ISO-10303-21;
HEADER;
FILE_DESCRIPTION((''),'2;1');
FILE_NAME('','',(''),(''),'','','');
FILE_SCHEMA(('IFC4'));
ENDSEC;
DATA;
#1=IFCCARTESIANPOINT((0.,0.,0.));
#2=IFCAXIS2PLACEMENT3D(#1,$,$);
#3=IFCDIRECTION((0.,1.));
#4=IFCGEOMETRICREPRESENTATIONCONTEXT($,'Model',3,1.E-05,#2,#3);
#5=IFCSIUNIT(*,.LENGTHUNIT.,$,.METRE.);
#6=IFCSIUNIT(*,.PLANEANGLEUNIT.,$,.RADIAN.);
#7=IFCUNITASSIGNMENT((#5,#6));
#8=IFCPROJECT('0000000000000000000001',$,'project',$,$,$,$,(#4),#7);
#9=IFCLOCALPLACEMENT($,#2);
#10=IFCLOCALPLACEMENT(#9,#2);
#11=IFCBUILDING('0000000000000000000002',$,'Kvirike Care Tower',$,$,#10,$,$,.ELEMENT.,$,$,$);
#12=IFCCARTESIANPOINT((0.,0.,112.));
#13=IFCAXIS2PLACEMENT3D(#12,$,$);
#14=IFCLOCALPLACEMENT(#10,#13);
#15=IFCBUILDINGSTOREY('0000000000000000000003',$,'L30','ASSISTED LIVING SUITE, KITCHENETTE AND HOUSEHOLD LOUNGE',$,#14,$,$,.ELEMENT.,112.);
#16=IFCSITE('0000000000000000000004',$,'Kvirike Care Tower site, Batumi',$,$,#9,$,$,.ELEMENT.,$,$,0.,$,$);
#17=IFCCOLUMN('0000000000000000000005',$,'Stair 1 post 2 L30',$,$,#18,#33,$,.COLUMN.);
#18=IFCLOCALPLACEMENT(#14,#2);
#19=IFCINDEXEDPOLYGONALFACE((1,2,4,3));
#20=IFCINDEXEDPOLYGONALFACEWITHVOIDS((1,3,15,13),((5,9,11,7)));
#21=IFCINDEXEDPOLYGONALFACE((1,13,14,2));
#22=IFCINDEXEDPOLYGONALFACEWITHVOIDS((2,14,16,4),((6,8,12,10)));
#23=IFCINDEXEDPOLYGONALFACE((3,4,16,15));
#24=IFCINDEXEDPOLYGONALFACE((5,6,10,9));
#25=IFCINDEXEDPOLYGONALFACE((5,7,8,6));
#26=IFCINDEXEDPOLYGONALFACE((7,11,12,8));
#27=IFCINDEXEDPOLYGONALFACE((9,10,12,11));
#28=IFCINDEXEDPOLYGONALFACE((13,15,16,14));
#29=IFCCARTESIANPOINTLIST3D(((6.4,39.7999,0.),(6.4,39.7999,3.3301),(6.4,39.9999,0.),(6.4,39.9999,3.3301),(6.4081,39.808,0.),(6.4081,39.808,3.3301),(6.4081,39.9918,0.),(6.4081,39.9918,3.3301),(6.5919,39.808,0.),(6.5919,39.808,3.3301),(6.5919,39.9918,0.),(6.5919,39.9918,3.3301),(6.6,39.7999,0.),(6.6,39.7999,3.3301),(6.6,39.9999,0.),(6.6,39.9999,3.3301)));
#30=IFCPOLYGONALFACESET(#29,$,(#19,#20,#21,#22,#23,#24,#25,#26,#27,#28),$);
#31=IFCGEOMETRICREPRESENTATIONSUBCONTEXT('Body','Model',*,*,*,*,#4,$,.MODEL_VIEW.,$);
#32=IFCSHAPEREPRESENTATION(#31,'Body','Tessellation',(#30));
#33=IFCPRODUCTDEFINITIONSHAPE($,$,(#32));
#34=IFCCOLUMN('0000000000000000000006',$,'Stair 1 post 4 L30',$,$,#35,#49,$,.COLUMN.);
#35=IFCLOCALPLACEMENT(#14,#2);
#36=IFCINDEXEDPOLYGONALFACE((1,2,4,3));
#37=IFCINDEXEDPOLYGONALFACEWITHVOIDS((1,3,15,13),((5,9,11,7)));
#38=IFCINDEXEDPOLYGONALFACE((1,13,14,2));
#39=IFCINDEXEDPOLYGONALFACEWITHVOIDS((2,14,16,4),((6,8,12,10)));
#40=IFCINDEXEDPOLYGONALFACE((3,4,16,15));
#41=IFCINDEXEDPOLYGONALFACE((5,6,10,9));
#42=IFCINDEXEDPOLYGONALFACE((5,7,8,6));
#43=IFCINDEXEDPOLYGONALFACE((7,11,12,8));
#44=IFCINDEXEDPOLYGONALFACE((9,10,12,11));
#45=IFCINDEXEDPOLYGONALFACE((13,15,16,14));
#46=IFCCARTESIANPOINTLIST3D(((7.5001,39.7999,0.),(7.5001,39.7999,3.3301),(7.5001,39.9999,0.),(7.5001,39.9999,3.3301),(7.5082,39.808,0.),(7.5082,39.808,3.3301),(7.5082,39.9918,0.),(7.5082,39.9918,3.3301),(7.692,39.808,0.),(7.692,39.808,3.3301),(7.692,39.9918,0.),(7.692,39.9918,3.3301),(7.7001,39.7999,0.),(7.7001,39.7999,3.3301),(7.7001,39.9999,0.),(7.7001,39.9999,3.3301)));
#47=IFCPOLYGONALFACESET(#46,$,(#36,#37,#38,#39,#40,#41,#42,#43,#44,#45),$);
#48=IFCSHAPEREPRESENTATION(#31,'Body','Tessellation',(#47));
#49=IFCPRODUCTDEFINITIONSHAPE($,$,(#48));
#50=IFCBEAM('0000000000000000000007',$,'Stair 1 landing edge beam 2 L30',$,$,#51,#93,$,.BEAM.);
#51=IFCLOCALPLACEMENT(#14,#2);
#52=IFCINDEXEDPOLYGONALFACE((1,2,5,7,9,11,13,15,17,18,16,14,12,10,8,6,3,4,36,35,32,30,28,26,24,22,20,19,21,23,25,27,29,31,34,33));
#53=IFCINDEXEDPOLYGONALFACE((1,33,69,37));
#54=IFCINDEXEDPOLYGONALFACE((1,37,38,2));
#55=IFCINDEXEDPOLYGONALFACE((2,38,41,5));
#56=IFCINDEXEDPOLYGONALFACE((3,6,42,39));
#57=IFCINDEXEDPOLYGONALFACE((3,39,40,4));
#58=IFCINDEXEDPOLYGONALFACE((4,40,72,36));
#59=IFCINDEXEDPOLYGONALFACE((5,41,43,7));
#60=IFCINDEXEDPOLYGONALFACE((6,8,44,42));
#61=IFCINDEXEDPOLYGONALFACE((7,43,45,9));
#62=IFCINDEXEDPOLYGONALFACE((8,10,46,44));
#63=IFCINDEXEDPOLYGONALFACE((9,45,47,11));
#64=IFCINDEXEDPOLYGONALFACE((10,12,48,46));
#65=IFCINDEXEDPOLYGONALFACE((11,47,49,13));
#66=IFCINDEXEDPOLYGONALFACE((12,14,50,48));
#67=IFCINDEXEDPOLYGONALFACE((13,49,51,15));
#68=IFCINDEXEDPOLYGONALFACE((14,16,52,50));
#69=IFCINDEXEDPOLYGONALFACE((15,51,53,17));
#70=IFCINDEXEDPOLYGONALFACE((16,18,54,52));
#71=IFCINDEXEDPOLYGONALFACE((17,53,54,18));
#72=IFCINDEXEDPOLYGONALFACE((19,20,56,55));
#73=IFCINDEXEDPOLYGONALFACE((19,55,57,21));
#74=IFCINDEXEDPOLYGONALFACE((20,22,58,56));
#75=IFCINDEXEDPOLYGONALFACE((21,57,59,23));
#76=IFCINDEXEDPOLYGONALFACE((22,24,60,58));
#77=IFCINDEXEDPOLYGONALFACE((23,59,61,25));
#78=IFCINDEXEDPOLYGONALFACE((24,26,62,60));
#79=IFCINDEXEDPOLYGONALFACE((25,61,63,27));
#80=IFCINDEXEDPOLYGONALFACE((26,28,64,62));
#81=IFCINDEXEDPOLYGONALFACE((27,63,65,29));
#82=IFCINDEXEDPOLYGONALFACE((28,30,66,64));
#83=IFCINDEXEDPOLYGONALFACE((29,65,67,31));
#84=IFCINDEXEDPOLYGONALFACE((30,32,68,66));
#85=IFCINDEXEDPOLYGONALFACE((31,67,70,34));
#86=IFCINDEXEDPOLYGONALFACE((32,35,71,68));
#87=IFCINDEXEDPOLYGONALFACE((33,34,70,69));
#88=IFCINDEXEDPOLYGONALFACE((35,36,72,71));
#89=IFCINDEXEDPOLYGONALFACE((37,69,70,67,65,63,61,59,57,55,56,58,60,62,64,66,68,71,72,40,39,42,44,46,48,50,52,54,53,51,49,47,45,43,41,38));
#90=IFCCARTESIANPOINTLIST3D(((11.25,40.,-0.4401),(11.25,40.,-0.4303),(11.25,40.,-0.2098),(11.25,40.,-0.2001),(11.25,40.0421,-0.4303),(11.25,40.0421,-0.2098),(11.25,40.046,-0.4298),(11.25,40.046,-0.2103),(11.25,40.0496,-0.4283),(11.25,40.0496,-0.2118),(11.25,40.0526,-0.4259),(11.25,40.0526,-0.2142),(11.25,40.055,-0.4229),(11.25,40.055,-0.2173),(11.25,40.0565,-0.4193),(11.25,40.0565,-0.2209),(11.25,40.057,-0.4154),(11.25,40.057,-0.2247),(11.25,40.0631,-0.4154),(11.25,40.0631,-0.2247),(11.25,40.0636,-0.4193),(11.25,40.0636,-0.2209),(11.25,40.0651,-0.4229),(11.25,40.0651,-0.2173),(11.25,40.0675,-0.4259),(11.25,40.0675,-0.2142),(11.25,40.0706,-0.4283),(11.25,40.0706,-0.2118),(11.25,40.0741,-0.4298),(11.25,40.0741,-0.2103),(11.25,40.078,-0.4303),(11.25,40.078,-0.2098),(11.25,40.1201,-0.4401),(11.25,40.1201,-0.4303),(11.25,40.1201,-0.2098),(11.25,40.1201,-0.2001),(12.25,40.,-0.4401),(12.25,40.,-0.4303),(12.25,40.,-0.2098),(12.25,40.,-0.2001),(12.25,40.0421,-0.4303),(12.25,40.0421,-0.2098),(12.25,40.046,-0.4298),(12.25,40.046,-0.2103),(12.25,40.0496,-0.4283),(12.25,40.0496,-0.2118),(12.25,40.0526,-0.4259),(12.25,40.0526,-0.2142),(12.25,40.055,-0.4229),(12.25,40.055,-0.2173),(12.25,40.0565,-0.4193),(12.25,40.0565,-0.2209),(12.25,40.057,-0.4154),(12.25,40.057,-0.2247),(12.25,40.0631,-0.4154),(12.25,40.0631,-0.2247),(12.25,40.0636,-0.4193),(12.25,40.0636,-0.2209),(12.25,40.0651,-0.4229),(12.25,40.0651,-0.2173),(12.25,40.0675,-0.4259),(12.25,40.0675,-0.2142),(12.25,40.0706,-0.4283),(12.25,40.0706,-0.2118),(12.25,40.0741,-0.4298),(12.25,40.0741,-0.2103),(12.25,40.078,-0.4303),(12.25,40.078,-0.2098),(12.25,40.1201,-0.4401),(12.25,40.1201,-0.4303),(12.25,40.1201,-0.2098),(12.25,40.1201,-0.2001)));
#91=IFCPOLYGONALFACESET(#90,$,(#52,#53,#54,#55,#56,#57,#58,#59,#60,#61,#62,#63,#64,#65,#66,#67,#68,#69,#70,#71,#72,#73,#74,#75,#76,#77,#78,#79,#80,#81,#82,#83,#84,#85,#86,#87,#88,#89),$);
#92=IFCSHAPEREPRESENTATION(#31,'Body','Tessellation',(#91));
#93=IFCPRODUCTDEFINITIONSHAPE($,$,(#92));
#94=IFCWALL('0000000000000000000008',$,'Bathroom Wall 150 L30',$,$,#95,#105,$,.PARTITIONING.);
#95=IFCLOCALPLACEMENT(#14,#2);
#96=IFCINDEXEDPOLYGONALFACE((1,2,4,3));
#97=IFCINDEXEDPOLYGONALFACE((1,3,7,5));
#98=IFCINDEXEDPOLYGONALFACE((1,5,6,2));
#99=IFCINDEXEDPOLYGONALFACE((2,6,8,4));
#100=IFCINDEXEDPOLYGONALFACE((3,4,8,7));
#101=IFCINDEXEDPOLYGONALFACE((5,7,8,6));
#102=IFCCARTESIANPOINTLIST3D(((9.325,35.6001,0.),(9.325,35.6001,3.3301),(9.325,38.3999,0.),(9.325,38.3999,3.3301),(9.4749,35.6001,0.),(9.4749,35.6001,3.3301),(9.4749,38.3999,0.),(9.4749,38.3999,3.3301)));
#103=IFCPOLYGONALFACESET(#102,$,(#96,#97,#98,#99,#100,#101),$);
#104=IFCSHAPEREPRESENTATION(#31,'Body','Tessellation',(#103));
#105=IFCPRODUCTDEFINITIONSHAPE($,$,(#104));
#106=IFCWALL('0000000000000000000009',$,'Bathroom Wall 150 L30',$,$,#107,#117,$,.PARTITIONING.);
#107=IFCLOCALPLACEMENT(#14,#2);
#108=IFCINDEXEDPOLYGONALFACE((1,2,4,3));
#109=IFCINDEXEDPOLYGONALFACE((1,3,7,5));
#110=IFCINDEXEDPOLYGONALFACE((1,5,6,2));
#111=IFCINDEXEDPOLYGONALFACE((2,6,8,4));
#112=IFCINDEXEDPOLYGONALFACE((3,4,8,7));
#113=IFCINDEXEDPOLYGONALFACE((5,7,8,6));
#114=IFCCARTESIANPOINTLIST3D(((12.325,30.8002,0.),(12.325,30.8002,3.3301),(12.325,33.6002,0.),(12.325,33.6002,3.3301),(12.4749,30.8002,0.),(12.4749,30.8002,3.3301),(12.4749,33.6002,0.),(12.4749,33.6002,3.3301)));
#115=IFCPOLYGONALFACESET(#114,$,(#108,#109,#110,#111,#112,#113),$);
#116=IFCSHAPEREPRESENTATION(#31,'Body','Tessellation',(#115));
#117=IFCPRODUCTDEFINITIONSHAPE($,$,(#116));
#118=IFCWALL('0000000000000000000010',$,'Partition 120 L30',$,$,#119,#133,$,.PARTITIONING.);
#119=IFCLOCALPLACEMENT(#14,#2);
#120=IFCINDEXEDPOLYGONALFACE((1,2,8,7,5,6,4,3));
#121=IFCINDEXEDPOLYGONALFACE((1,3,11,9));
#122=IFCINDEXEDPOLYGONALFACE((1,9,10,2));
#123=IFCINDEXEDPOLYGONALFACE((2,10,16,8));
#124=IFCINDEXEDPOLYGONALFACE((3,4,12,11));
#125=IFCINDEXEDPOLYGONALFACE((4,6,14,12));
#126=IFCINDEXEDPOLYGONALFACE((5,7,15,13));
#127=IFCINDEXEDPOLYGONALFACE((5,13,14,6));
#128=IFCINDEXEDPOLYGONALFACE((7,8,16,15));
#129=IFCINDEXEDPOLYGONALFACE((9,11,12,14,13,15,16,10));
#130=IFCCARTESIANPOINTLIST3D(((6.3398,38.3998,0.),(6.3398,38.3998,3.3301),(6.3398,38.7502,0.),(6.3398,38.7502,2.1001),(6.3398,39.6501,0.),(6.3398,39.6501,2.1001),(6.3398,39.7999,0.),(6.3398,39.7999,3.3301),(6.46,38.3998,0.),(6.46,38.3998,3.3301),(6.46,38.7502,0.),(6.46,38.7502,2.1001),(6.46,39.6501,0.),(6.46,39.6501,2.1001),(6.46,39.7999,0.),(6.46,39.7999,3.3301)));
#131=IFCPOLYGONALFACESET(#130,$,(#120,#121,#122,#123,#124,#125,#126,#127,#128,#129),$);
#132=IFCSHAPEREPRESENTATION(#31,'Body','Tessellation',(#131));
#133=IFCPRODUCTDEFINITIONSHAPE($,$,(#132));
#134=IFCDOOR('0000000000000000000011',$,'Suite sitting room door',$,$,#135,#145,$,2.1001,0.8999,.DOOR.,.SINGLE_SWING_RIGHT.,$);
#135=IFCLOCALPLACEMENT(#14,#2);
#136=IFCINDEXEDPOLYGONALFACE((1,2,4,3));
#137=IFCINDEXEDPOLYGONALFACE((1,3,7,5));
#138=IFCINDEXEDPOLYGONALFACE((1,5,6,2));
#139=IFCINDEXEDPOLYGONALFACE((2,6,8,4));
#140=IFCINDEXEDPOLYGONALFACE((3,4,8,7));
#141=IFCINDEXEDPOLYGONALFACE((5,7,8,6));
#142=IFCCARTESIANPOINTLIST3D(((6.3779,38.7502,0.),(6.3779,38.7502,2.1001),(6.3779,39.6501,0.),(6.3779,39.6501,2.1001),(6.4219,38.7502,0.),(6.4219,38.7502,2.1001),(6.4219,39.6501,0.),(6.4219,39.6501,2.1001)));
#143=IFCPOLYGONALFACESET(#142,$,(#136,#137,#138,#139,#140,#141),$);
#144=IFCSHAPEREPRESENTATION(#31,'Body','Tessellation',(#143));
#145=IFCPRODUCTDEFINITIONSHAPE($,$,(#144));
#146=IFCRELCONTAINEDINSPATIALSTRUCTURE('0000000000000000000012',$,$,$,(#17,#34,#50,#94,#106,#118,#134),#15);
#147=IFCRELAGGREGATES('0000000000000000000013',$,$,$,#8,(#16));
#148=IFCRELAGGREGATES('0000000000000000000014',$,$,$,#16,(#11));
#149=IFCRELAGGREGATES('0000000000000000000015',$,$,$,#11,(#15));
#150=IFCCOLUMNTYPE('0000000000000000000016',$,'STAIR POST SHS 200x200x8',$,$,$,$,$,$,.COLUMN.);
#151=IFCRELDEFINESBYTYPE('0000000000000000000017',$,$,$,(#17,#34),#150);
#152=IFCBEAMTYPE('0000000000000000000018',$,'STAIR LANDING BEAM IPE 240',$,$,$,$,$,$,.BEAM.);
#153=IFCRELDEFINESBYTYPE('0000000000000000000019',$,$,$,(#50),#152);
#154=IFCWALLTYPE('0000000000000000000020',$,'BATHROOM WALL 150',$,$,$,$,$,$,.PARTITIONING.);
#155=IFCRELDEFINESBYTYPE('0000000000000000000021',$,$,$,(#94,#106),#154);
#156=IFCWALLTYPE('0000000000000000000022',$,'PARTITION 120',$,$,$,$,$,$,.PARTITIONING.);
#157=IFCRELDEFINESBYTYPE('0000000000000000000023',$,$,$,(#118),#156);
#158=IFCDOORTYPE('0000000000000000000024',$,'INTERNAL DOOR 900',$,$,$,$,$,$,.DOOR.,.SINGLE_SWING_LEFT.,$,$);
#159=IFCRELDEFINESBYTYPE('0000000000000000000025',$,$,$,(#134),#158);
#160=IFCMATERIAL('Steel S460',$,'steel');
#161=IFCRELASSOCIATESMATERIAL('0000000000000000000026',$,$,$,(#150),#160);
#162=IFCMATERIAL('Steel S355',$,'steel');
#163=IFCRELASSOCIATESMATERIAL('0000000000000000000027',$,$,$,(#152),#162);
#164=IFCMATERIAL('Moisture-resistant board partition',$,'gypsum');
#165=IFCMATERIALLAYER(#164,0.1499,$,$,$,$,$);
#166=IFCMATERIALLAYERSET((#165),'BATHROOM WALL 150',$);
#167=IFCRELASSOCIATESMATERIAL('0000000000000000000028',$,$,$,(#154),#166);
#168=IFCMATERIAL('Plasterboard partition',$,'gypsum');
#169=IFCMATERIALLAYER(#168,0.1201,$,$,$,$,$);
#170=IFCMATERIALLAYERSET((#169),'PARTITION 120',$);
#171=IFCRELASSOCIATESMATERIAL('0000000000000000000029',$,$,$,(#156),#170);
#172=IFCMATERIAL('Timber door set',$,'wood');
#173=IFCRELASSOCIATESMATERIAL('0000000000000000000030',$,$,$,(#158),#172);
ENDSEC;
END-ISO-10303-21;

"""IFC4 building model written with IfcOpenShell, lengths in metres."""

from ifc_helpers import new_model, si_unit, direction, frame, frame_2d, origin, origin_2d, place, context, subcontext, project, spatial, rectangle, hollow_rectangle, i_section, extrude, material, layer, layer_set, material_profile, profile_set, type_object, element, fill, save


model = new_model("IFC4")

# Units and contexts
model_context = context("Model", 3, precision=1e-05, world=origin(), true_north=direction((0.0, 1.0)))
body_context = subcontext(model_context, "Body", "Model", "MODEL_VIEW")
ifc_project = project(units=[si_unit("LENGTHUNIT", "METRE"), si_unit("PLANEANGLEUNIT", "RADIAN")], contexts=[model_context])

# Site, building, storey
site_placement = place(None, origin())
site = spatial("IfcSite", under=ifc_project, at=site_placement, Name="Kvirike Care Tower site, Batumi", CompositionType="ELEMENT", RefElevation=0.0)
building_placement = place(site_placement, origin())
building = spatial("IfcBuilding", under=site, at=building_placement, Name="Kvirike Care Tower", CompositionType="ELEMENT")
storey_placement = place(building_placement, frame((0.0, 0.0, 112.0)))
storey = spatial("IfcBuildingStorey", under=building, at=storey_placement, Name="L30", Description="ASSISTED LIVING SUITE, KITCHENETTE AND HOUSEHOLD LOUNGE", CompositionType="ELEMENT", Elevation=112.0)

# Columns
ifc_material_1 = material(Name="Steel S460", Category="steel")
ifc_material_profile_1 = material_profile(ifc_material_1, hollow_rectangle(XDim=0.2, YDim=0.2, WallThickness=0.0081, at=origin_2d()), Name="SHS 200x200x8")
ifc_profile_set_1 = profile_set([ifc_material_profile_1], Name="Steel S460")
column_type = type_object("IfcColumnType", Name="STAIR POST SHS 200x200x8", PredefinedType="COLUMN", material=ifc_profile_set_1)
for number, where, z_axis, x_axis, name in (
    (1, (6.5, 39.8999, 0.0), (0.0, 0.0, 1.0), (1.0, 0.0, 0.0), "Stair 1 post 2 L30"),
    (2, (7.6001, 39.8999, 0.0), (0.0, 0.0, 1.0), (1.0, 0.0, 0.0), "Stair 1 post 4 L30"),
):
    element("IfcColumn", number, at=place(storey_placement, frame(where, z_axis=z_axis, x_axis=x_axis)), inside=storey, type_object=column_type, Name=name, PredefinedType="COLUMN", context=body_context, shape_type="SweptSolid", body=[
        extrude(hollow_rectangle(XDim=0.2, YDim=0.2, WallThickness=0.0081, at=origin_2d()), origin(), (0.0, 0.0, 1.0), 3.3301),
    ])

# Beam
ifc_material_2 = material(Name="Steel S355", Category="steel")
ifc_material_profile_2 = material_profile(ifc_material_2, i_section(OverallWidth=0.1201, OverallDepth=0.24, WebThickness=0.0061, FlangeThickness=0.0098, FilletRadius=0.0149, at=origin_2d()), Name="IPE 240")
ifc_profile_set_2 = profile_set([ifc_material_profile_2], Name="Steel S355")
beam_type = type_object("IfcBeamType", Name="STAIR LANDING BEAM IPE 240", PredefinedType="BEAM", material=ifc_profile_set_2)
beam_placement = place(storey_placement, frame((11.25, 40.0601, -0.3201), z_axis=(1.0, 0.0, 0.0), x_axis=(0.0, 1.0, 0.0)))
element("IfcBeam", 3, at=beam_placement, inside=storey, type_object=beam_type, Name="Stair 1 landing edge beam 2 L30", PredefinedType="BEAM", context=body_context, shape_type="SweptSolid", body=[
    extrude(i_section(OverallWidth=0.1201, OverallDepth=0.24, WebThickness=0.0061, FlangeThickness=0.0098, FilletRadius=0.0149, at=origin_2d()), origin(), (0.0, 0.0, 1.0), 1.0),
])

# Walls
ifc_material_3 = material(Name="Moisture-resistant board partition", Category="gypsum")
ifc_layer_1 = layer(ifc_material_3, 0.1499)
ifc_layer_set_1 = layer_set([ifc_layer_1], Name="BATHROOM WALL 150")
wall_type_1 = type_object("IfcWallType", Name="BATHROOM WALL 150", PredefinedType="PARTITIONING", material=ifc_layer_set_1)
wall_1_placement = place(storey_placement, frame((9.3999, 38.3999, 0.0), z_axis=(0.0, 0.0, 1.0), x_axis=(0.0, -1.0, 0.0)))
element("IfcWall", 4, at=wall_1_placement, inside=storey, type_object=wall_type_1, Name="Bathroom Wall 150 L30", PredefinedType="PARTITIONING", context=body_context, shape_type="SweptSolid", body=[
    extrude(rectangle(XDim=2.7998, YDim=0.1499, at=frame_2d((1.3999, 0.0))), origin(), (0.0, 0.0, 1.0), 3.3301),
])
wall_2_placement = place(storey_placement, frame((12.3999, 33.6001, 0.0), z_axis=(0.0, 0.0, 1.0), x_axis=(0.0, -1.0, 0.0)))
element("IfcWall", 5, at=wall_2_placement, inside=storey, type_object=wall_type_1, Name="Bathroom Wall 150 L30", PredefinedType="PARTITIONING", context=body_context, shape_type="SweptSolid", body=[
    extrude(rectangle(XDim=2.8, YDim=0.1499, at=frame_2d((1.3999, 0.0))), origin(), (0.0, 0.0, 1.0), 3.3301),
])

# Wall, opening, door
ifc_material_4 = material(Name="Plasterboard partition", Category="gypsum")
ifc_layer_2 = layer(ifc_material_4, 0.1201)
ifc_layer_set_2 = layer_set([ifc_layer_2], Name="PARTITION 120")
wall_type_2 = type_object("IfcWallType", Name="PARTITION 120", PredefinedType="PARTITIONING", material=ifc_layer_set_2)
wall_3_placement = place(storey_placement, frame((6.3999, 39.8, 0.0), z_axis=(0.0, 0.0, 1.0), x_axis=(0.0, -1.0, 0.0)))
wall_3 = element("IfcWall", 6, at=wall_3_placement, inside=storey, type_object=wall_type_2, Name="Partition 120 L30", PredefinedType="PARTITIONING", context=body_context, shape_type="SweptSolid", body=[
    extrude(rectangle(XDim=1.4001, YDim=0.1201, at=frame_2d((0.7002, 0.0))), origin(), (0.0, 0.0, 1.0), 3.3301),
])
opening_1_placement = place(wall_3_placement, frame((0.1499, 0.0, 0.0)))
opening_1 = element("IfcOpeningElement", 7, at=opening_1_placement, cuts=wall_3, PredefinedType="OPENING", context=body_context, shape_type="SweptSolid", body=[
    extrude(rectangle(XDim=0.8999, YDim=2.1001, at=frame_2d((0.45, 1.05))), frame((0.0, 0.0706, 0.0), z_axis=(0.0, -1.0, 0.0), x_axis=(1.0, 0.0, 0.0)), (0.0, 0.0, 1.0), 0.1411),
])
ifc_material_5 = material(Name="Timber door set", Category="wood")
door_type_1 = type_object("IfcDoorType", Name="INTERNAL DOOR 900", OperationType="SINGLE_SWING_LEFT", PredefinedType="DOOR", material=ifc_material_5)
door_1_placement = place(opening_1_placement, origin())
door_1 = element("IfcDoor", 8, at=door_1_placement, inside=storey, type_object=door_type_1, Name="Suite sitting room door", OperationType="SINGLE_SWING_RIGHT", OverallHeight=2.1001, OverallWidth=0.8999, PredefinedType="DOOR", context=body_context, shape_type="SweptSolid", body=[
    extrude(rectangle(XDim=0.8999, YDim=2.1001, at=frame_2d((0.45, 1.05))), frame((0.0, 0.022, 0.0), z_axis=(0.0, -1.0, 0.0), x_axis=(1.0, 0.0, 0.0)), (0.0, 0.0, 1.0), 0.0439),
])
fill(opening_1, door_1)

save(model, "model.ifc")
